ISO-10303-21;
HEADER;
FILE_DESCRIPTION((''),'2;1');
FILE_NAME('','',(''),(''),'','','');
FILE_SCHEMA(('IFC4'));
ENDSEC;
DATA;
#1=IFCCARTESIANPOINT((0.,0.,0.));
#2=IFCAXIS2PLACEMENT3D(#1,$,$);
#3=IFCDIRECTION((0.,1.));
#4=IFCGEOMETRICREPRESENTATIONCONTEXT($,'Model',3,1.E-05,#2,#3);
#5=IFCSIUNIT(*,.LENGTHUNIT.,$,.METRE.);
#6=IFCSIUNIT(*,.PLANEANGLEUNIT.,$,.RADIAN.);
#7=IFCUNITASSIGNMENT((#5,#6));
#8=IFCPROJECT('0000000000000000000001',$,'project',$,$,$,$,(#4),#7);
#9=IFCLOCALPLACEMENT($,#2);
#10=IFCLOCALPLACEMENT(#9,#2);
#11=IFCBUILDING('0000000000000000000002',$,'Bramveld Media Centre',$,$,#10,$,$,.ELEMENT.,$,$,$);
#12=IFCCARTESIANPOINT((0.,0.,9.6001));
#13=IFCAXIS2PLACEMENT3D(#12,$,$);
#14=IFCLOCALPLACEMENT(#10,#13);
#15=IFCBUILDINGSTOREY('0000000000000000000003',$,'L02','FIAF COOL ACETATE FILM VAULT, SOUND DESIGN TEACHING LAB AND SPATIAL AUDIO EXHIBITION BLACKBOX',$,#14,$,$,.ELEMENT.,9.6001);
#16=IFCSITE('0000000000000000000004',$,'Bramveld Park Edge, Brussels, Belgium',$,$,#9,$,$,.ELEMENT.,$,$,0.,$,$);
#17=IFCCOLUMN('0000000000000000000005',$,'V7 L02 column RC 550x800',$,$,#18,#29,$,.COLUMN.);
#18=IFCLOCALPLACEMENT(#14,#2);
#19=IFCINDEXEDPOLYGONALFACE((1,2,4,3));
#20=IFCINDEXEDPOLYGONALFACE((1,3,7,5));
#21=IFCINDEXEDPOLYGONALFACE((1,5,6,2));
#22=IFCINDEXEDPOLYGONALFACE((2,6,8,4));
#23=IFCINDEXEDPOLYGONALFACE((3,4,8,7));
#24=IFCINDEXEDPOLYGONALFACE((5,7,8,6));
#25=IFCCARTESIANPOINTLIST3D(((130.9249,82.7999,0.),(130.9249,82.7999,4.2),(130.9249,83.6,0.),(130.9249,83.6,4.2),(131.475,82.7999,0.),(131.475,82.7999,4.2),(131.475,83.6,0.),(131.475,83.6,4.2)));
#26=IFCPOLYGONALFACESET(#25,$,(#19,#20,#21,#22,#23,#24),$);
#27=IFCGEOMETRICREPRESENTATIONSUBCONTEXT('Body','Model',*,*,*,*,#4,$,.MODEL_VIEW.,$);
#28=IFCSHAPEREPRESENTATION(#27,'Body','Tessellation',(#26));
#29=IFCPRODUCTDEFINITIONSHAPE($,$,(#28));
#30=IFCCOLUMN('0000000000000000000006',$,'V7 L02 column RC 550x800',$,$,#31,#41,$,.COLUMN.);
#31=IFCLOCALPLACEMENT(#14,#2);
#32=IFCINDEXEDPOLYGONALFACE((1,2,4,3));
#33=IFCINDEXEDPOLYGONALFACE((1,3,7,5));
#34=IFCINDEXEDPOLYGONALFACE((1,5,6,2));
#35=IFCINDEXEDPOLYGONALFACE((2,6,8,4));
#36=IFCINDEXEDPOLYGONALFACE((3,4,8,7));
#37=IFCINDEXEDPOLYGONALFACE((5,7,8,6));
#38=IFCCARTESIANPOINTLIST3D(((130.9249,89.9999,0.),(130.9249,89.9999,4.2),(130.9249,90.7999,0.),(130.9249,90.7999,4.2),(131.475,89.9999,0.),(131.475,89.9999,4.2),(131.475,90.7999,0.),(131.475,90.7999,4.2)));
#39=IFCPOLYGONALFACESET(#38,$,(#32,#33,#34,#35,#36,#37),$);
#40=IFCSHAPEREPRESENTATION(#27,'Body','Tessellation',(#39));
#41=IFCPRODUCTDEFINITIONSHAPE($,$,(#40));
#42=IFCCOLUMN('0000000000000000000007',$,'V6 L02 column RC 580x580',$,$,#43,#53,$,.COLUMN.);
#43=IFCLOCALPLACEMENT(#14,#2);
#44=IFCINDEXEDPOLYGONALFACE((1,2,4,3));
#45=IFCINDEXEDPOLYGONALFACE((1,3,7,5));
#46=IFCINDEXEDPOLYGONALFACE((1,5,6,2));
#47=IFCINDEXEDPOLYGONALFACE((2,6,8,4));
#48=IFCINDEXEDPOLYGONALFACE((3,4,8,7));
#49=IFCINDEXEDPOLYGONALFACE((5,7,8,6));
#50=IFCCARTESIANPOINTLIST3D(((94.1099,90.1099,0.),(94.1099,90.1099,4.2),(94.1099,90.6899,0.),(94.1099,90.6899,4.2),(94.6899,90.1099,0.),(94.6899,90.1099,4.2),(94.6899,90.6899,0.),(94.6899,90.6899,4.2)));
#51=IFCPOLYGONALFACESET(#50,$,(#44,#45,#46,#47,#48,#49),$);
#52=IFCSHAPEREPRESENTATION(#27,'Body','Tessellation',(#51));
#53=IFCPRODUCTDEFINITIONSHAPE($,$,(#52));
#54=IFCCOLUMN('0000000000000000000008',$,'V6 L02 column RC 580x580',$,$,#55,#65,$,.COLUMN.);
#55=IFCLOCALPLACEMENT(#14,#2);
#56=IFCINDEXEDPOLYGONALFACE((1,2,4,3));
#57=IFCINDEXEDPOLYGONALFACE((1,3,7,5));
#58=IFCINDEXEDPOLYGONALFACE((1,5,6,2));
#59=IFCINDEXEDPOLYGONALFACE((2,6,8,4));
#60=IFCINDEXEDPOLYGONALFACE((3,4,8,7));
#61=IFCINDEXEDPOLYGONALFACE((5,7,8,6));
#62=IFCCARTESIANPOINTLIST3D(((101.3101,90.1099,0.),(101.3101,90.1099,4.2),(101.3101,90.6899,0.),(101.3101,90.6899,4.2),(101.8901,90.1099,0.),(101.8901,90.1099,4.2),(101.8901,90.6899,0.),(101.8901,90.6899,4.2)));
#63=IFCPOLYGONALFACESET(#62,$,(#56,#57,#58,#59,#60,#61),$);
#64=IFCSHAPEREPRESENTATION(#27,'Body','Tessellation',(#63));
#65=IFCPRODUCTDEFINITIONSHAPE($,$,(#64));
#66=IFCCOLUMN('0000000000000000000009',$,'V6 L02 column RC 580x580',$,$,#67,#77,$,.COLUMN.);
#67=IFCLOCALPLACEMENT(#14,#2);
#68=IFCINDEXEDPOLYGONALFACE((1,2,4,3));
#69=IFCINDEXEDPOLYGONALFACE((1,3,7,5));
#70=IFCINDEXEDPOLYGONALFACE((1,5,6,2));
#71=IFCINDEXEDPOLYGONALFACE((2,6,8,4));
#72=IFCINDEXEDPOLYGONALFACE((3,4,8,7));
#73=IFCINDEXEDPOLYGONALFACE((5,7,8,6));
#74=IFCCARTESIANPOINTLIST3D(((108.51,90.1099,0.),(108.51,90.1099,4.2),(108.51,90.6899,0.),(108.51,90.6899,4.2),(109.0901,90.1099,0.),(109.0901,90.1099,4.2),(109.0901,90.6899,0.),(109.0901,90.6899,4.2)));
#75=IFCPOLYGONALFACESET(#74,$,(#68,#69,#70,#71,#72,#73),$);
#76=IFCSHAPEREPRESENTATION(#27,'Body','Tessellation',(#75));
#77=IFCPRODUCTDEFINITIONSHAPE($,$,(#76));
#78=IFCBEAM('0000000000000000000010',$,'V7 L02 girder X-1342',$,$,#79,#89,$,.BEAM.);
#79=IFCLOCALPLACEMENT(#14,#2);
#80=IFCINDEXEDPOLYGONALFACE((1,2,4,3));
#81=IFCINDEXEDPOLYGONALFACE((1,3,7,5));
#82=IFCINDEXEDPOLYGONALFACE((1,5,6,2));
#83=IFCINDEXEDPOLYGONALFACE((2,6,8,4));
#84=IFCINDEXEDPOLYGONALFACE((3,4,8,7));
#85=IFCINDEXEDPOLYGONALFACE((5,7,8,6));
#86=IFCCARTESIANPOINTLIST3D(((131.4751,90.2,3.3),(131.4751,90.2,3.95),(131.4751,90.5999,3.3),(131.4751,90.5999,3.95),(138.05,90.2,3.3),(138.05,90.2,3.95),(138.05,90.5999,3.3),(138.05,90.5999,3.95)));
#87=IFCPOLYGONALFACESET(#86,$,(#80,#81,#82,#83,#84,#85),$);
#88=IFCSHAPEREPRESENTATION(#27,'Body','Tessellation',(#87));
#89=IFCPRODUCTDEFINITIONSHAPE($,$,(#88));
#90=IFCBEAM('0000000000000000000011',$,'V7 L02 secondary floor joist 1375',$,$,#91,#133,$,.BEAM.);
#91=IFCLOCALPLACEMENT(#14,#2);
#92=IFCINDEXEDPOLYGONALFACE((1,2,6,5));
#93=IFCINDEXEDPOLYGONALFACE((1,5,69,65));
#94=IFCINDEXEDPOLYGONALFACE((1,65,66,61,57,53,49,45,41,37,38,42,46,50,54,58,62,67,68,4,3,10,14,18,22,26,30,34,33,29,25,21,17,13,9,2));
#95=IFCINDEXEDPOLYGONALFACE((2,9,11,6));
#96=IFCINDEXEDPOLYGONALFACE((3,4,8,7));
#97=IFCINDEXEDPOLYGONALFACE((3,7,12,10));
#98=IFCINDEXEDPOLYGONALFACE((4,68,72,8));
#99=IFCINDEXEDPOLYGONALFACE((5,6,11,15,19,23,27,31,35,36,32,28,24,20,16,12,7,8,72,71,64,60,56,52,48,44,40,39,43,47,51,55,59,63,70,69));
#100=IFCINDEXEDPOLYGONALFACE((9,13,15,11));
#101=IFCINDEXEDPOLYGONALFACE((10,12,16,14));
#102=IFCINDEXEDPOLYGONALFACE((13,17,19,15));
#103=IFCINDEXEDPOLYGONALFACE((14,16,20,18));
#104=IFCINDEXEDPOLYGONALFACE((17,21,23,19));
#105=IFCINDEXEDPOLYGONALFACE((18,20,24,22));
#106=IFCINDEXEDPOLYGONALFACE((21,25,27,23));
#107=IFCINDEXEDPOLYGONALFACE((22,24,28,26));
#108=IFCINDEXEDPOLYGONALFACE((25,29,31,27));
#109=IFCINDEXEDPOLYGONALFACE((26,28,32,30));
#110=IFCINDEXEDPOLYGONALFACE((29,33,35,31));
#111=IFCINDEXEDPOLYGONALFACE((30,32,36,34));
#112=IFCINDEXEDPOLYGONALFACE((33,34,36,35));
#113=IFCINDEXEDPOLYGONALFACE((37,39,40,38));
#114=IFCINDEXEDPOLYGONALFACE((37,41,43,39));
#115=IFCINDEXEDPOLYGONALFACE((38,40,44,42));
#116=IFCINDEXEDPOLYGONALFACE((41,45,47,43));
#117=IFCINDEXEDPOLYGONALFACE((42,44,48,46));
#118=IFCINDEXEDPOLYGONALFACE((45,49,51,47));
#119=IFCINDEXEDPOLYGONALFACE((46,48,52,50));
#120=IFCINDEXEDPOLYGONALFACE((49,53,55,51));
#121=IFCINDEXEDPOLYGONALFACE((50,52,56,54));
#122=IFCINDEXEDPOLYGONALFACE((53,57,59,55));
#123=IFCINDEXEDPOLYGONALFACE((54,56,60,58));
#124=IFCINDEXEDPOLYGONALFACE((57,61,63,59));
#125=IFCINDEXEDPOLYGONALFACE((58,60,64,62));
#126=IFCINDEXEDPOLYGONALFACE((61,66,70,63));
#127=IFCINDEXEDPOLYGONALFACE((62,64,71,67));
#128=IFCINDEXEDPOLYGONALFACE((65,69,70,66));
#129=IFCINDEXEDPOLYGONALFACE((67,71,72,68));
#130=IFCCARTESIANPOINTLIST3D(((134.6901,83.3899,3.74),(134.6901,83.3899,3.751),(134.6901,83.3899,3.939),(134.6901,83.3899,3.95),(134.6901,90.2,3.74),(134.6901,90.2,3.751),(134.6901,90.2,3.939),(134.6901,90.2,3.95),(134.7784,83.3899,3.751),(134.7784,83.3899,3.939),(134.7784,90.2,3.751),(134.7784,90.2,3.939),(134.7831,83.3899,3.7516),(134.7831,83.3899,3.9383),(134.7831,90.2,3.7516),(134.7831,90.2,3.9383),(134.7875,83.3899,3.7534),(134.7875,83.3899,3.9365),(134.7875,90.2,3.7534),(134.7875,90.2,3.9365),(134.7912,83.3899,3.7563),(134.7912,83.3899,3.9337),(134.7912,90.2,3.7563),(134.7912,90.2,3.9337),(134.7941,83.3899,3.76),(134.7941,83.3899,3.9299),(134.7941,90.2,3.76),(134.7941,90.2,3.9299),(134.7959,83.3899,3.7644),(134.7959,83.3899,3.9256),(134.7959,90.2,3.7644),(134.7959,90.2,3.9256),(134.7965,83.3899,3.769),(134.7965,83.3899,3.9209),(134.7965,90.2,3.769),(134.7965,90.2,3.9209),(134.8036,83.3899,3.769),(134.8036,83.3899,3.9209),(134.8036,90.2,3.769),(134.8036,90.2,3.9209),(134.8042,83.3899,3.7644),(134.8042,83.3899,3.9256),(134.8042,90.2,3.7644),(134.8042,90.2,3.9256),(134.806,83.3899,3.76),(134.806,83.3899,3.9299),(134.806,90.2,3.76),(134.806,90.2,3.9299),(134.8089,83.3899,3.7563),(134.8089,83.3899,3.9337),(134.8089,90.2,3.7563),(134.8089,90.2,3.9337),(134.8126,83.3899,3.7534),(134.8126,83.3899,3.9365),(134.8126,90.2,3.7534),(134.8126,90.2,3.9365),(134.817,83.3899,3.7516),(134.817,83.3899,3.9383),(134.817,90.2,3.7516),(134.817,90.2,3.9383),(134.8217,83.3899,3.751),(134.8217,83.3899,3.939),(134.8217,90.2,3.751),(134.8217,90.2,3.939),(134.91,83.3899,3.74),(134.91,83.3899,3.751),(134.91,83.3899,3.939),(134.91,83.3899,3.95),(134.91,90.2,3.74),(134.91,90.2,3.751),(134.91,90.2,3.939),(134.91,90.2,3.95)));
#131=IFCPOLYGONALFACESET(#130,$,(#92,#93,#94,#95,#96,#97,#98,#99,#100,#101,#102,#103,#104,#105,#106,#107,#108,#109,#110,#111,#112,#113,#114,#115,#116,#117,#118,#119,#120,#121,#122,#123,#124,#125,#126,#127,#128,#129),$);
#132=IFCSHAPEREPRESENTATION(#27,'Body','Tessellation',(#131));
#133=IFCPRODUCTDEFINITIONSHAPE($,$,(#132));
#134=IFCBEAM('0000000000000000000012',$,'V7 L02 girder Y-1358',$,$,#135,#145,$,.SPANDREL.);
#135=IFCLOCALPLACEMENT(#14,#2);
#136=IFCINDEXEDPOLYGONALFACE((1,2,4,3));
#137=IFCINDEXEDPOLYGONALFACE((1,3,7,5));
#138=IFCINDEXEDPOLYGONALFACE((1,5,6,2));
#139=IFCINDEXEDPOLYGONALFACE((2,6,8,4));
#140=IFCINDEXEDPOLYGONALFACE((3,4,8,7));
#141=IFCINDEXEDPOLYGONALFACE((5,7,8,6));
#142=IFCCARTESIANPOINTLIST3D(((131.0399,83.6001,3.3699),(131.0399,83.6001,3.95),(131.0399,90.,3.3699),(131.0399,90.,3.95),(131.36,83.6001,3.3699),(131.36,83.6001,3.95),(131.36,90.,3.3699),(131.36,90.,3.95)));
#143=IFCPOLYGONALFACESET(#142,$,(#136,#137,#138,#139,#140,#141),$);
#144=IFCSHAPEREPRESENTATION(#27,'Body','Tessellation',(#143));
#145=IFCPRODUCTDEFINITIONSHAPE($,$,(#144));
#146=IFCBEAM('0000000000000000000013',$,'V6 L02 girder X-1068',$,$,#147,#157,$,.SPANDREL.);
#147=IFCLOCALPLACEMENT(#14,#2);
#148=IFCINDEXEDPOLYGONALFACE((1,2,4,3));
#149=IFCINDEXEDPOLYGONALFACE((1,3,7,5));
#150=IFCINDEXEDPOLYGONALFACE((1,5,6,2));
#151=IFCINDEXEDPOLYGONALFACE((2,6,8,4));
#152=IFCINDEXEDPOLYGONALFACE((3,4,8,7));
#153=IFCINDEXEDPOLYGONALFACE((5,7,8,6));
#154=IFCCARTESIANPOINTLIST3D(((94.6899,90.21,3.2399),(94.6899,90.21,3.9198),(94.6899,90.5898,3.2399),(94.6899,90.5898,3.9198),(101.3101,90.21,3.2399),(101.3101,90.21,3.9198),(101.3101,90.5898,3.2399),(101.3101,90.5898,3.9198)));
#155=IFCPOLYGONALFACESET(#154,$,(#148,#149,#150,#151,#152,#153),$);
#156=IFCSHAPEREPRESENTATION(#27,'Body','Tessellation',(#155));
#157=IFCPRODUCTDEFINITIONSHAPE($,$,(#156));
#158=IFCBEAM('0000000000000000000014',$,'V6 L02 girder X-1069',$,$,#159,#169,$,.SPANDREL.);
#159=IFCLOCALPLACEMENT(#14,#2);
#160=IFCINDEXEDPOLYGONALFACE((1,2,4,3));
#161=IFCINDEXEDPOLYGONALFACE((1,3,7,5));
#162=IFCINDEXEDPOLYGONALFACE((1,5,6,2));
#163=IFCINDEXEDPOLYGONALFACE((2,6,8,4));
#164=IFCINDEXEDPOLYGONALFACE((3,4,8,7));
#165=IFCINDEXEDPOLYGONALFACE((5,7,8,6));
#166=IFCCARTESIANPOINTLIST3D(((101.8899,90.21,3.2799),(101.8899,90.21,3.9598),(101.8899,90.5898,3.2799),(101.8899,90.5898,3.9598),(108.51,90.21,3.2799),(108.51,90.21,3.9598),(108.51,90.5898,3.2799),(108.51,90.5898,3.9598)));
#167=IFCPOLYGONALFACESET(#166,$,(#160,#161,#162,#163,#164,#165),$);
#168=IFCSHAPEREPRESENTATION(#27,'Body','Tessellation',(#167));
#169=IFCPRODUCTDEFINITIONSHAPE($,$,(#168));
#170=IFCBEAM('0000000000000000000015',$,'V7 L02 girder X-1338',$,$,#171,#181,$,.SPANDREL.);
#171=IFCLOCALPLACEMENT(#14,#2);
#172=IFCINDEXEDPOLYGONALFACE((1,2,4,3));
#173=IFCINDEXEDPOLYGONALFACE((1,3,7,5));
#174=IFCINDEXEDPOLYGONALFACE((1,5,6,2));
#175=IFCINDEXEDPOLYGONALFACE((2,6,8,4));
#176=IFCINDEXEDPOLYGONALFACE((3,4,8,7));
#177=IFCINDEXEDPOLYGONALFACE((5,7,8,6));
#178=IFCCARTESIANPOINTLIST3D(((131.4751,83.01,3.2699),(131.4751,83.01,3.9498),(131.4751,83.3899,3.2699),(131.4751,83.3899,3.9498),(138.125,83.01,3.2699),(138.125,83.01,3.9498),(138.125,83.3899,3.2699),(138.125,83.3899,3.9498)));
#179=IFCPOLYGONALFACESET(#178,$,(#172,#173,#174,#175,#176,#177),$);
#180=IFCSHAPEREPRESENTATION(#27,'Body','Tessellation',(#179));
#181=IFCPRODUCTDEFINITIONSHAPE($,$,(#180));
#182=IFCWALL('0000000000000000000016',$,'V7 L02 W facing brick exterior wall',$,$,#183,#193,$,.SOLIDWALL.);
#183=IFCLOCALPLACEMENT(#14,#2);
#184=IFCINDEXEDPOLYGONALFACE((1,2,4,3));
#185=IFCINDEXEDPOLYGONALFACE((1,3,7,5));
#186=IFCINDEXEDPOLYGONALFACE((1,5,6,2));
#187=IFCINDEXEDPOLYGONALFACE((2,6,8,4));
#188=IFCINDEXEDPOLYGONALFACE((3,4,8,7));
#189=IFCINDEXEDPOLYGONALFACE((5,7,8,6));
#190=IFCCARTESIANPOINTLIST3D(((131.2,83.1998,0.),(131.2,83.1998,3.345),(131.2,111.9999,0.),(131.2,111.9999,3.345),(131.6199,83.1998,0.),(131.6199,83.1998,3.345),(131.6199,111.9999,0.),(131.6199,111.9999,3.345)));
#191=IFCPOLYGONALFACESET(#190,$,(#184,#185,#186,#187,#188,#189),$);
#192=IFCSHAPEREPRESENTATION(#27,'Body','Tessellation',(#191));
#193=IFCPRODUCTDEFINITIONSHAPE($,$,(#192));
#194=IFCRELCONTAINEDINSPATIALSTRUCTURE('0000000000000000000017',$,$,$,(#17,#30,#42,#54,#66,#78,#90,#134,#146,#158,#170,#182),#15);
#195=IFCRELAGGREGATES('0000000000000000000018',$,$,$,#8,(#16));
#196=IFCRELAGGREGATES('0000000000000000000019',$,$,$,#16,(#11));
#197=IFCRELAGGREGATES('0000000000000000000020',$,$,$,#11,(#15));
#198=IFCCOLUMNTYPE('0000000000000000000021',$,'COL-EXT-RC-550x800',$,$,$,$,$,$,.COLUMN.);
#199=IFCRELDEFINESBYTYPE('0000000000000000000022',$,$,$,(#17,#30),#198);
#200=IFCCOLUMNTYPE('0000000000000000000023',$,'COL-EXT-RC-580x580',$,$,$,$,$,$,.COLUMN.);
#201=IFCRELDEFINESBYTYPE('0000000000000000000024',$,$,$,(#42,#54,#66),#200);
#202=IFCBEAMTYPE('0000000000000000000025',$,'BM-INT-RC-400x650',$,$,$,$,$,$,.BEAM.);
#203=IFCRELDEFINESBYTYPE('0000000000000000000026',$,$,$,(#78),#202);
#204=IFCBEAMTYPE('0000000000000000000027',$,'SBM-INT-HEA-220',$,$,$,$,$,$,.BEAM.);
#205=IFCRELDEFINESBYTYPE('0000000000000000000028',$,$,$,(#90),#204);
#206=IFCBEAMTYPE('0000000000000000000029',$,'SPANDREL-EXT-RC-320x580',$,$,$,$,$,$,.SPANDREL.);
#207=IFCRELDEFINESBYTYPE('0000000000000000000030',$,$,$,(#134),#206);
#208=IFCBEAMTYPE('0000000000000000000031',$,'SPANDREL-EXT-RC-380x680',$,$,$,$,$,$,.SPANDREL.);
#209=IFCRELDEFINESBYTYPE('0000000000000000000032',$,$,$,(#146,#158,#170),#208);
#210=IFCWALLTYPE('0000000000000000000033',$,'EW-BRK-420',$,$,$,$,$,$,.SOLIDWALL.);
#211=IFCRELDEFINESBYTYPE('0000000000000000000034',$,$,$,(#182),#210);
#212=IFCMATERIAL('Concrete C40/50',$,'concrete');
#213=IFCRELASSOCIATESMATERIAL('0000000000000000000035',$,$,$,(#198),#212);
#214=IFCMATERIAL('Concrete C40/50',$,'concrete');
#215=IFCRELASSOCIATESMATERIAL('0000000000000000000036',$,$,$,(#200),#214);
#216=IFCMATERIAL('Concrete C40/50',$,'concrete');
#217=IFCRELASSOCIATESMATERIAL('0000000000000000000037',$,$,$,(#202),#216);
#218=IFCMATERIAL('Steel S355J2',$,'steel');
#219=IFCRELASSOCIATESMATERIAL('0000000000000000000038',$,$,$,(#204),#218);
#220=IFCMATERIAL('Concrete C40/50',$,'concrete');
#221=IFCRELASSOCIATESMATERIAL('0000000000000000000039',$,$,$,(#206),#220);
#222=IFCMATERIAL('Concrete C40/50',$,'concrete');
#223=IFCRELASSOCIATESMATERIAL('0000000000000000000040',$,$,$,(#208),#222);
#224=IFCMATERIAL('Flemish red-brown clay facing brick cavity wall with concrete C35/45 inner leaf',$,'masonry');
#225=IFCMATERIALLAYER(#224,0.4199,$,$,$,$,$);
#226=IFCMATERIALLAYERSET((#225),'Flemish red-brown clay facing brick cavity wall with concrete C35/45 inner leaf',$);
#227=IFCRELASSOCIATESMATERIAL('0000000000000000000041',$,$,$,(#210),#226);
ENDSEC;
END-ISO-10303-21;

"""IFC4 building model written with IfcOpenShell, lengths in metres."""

from ifc_helpers import new_model, si_unit, direction, frame, frame_2d, origin, origin_2d, place, context, subcontext, project, spatial, rectangle, i_section, extrude, material, layer, layer_set, material_profile, profile_set, type_object, element, save


model = new_model("IFC4")

# Units and contexts
model_context = context("Model", 3, precision=1e-05, world=origin(), true_north=direction((0.0, 1.0)))
body_context = subcontext(model_context, "Body", "Model", "MODEL_VIEW")
ifc_project = project(units=[si_unit("LENGTHUNIT", "METRE"), si_unit("PLANEANGLEUNIT", "RADIAN")], contexts=[model_context])

# Site, building, storey
site_placement = place(None, origin())
site = spatial("IfcSite", under=ifc_project, at=site_placement, Name="Bramveld Park Edge, Brussels, Belgium", CompositionType="ELEMENT", RefElevation=0.0)
building_placement = place(site_placement, origin())
building = spatial("IfcBuilding", under=site, at=building_placement, Name="Bramveld Media Centre", CompositionType="ELEMENT")
storey_placement = place(building_placement, frame((0.0, 0.0, 9.6001)))
storey = spatial("IfcBuildingStorey", under=building, at=storey_placement, Name="L02", Description="FIAF COOL ACETATE FILM VAULT, SOUND DESIGN TEACHING LAB AND SPATIAL AUDIO EXHIBITION BLACKBOX", CompositionType="ELEMENT", Elevation=9.6001)

# Columns
ifc_material_1 = material(Name="Concrete C40/50", Category="concrete")
ifc_material_profile_1 = material_profile(ifc_material_1, rectangle(XDim=0.55, YDim=0.8, at=origin_2d()), Name="RC 550x800")
ifc_profile_set_1 = profile_set([ifc_material_profile_1], Name="Concrete C40/50")
column_type_1 = type_object("IfcColumnType", Name="COL-EXT-RC-550x800", PredefinedType="COLUMN", material=ifc_profile_set_1)
for number, where, z_axis, x_axis, name in (
    (1, (131.2, 83.2, 0.0), (0.0, 0.0, 1.0), (1.0, 0.0, 0.0), "V7 L02 column RC 550x800"),
    (2, (131.2, 90.3999, 0.0), (0.0, 0.0, 1.0), (1.0, 0.0, 0.0), "V7 L02 column RC 550x800"),
):
    element("IfcColumn", number, at=place(storey_placement, frame(where, z_axis=z_axis, x_axis=x_axis)), inside=storey, type_object=column_type_1, Name=name, PredefinedType="COLUMN", context=body_context, shape_type="SweptSolid", body=[
        extrude(rectangle(XDim=0.55, YDim=0.8, at=origin_2d()), origin(), (0.0, 0.0, 1.0), 4.2),
    ])
ifc_material_2 = material(Name="Concrete C40/50", Category="concrete")
ifc_material_profile_2 = material_profile(ifc_material_2, rectangle(XDim=0.5801, YDim=0.5801, at=origin_2d()), Name="RC 580x580")
ifc_profile_set_2 = profile_set([ifc_material_profile_2], Name="Concrete C40/50")
column_type_2 = type_object("IfcColumnType", Name="COL-EXT-RC-580x580", PredefinedType="COLUMN", material=ifc_profile_set_2)
for number, where, z_axis, x_axis, name in (
    (3, (94.3999, 90.3999, 0.0), (0.0, 0.0, 1.0), (1.0, 0.0, 0.0), "V6 L02 column RC 580x580"),
    (4, (101.6001, 90.3999, 0.0), (0.0, 0.0, 1.0), (1.0, 0.0, 0.0), "V6 L02 column RC 580x580"),
    (5, (108.8, 90.3999, 0.0), (0.0, 0.0, 1.0), (1.0, 0.0, 0.0), "V6 L02 column RC 580x580"),
):
    element("IfcColumn", number, at=place(storey_placement, frame(where, z_axis=z_axis, x_axis=x_axis)), inside=storey, type_object=column_type_2, Name=name, PredefinedType="COLUMN", context=body_context, shape_type="SweptSolid", body=[
        extrude(rectangle(XDim=0.5801, YDim=0.5801, at=origin_2d()), origin(), (0.0, 0.0, 1.0), 4.2),
    ])

# Beams
ifc_material_3 = material(Name="Concrete C40/50", Category="concrete")
ifc_material_profile_3 = material_profile(ifc_material_3, rectangle(XDim=0.3999, YDim=0.6499, at=origin_2d()), Name="RC 400x650")
ifc_profile_set_3 = profile_set([ifc_material_profile_3], Name="Concrete C40/50")
beam_type_1 = type_object("IfcBeamType", Name="BM-INT-RC-400x650", PredefinedType="BEAM", material=ifc_profile_set_3)
beam_1_placement = place(storey_placement, frame((131.4751, 90.3999, 3.625), z_axis=(1.0, 0.0, 0.0), x_axis=(0.0, 1.0, 0.0)))
element("IfcBeam", 6, at=beam_1_placement, inside=storey, type_object=beam_type_1, Name="V7 L02 girder X-1342", PredefinedType="BEAM", context=body_context, shape_type="SweptSolid", body=[
    extrude(rectangle(XDim=0.3999, YDim=0.6499, at=origin_2d()), origin(), (0.0, 0.0, 1.0), 6.575),
])
ifc_material_4 = material(Name="Steel S355J2", Category="steel")
ifc_material_profile_4 = material_profile(ifc_material_4, i_section(OverallWidth=0.22, OverallDepth=0.21, WebThickness=0.0071, FlangeThickness=0.011, FilletRadius=0.0181, at=origin_2d()), Name="HEA 220")
ifc_profile_set_4 = profile_set([ifc_material_profile_4], Name="Steel S355J2")
beam_type_2 = type_object("IfcBeamType", Name="SBM-INT-HEA-220", PredefinedType="BEAM", material=ifc_profile_set_4)
beam_2_placement = place(storey_placement, frame((134.8, 83.3899, 3.845), z_axis=(0.0, 1.0, 0.0), x_axis=(-1.0, 0.0, 0.0)))
element("IfcBeam", 7, at=beam_2_placement, inside=storey, type_object=beam_type_2, Name="V7 L02 secondary floor joist 1375", PredefinedType="BEAM", context=body_context, shape_type="SweptSolid", body=[
    extrude(i_section(OverallWidth=0.22, OverallDepth=0.21, WebThickness=0.0071, FlangeThickness=0.011, FilletRadius=0.0181, at=origin_2d()), origin(), (0.0, 0.0, 1.0), 6.8101),
])
ifc_material_5 = material(Name="Concrete C40/50", Category="concrete")
ifc_material_profile_5 = material_profile(ifc_material_5, rectangle(XDim=0.3201, YDim=0.5801, at=origin_2d()), Name="RC 320x580")
ifc_profile_set_5 = profile_set([ifc_material_profile_5], Name="Concrete C40/50")
beam_type_3 = type_object("IfcBeamType", Name="SPANDREL-EXT-RC-320x580", PredefinedType="SPANDREL", material=ifc_profile_set_5)
beam_3_placement = place(storey_placement, frame((131.2, 83.6001, 3.6599), z_axis=(0.0, 1.0, 0.0), x_axis=(-1.0, 0.0, 0.0)))
element("IfcBeam", 8, at=beam_3_placement, inside=storey, type_object=beam_type_3, Name="V7 L02 girder Y-1358", PredefinedType="SPANDREL", context=body_context, shape_type="SweptSolid", body=[
    extrude(rectangle(XDim=0.3201, YDim=0.5801, at=origin_2d()), origin(), (0.0, 0.0, 1.0), 6.3999),
])
ifc_material_6 = material(Name="Concrete C40/50", Category="concrete")
ifc_material_profile_6 = material_profile(ifc_material_6, rectangle(XDim=0.3799, YDim=0.6799, at=origin_2d()), Name="RC 380x680")
ifc_profile_set_6 = profile_set([ifc_material_profile_6], Name="Concrete C40/50")
beam_type_4 = type_object("IfcBeamType", Name="SPANDREL-EXT-RC-380x680", PredefinedType="SPANDREL", material=ifc_profile_set_6)
for number, where, z_axis, x_axis, name in (
    (9, (94.6899, 90.3999, 3.5798), (1.0, 0.0, 0.0), (0.0, 1.0, 0.0), "V6 L02 girder X-1068"),
    (10, (101.8899, 90.3999, 3.6199), (1.0, 0.0, 0.0), (0.0, 1.0, 0.0), "V6 L02 girder X-1069"),
):
    element("IfcBeam", number, at=place(storey_placement, frame(where, z_axis=z_axis, x_axis=x_axis)), inside=storey, type_object=beam_type_4, Name=name, PredefinedType="SPANDREL", context=body_context, shape_type="SweptSolid", body=[
        extrude(rectangle(XDim=0.3799, YDim=0.6799, at=origin_2d()), origin(), (0.0, 0.0, 1.0), 6.6201),
    ])
beam_4_placement = place(storey_placement, frame((131.4751, 83.2, 3.6099), z_axis=(1.0, 0.0, 0.0), x_axis=(0.0, 1.0, 0.0)))
element("IfcBeam", 11, at=beam_4_placement, inside=storey, type_object=beam_type_4, Name="V7 L02 girder X-1338", PredefinedType="SPANDREL", context=body_context, shape_type="SweptSolid", body=[
    extrude(rectangle(XDim=0.3799, YDim=0.6799, at=origin_2d()), origin(), (0.0, 0.0, 1.0), 6.6499),
])

# Wall
ifc_material_7 = material(Name="Flemish red-brown clay facing brick cavity wall with concrete C35/45 inner leaf", Category="masonry")
ifc_layer_1 = layer(ifc_material_7, 0.4199)
ifc_layer_set_1 = layer_set([ifc_layer_1], Name="Flemish red-brown clay facing brick cavity wall with concrete C35/45 inner leaf")
wall_type_1 = type_object("IfcWallType", Name="EW-BRK-420", PredefinedType="SOLIDWALL", material=ifc_layer_set_1)
wall_1_placement = place(storey_placement, frame((131.4099, 83.2, 0.0), z_axis=(0.0, 0.0, 1.0), x_axis=(0.0, 1.0, 0.0)))
element("IfcWall", 12, at=wall_1_placement, inside=storey, type_object=wall_type_1, Name="V7 L02 W facing brick exterior wall", PredefinedType="SOLIDWALL", context=body_context, shape_type="SweptSolid", body=[
    extrude(rectangle(XDim=28.8, YDim=0.4199, at=frame_2d((14.3999, 0.0))), origin(), (0.0, 0.0, 1.0), 3.345),
])

save(model, "model.ifc")
